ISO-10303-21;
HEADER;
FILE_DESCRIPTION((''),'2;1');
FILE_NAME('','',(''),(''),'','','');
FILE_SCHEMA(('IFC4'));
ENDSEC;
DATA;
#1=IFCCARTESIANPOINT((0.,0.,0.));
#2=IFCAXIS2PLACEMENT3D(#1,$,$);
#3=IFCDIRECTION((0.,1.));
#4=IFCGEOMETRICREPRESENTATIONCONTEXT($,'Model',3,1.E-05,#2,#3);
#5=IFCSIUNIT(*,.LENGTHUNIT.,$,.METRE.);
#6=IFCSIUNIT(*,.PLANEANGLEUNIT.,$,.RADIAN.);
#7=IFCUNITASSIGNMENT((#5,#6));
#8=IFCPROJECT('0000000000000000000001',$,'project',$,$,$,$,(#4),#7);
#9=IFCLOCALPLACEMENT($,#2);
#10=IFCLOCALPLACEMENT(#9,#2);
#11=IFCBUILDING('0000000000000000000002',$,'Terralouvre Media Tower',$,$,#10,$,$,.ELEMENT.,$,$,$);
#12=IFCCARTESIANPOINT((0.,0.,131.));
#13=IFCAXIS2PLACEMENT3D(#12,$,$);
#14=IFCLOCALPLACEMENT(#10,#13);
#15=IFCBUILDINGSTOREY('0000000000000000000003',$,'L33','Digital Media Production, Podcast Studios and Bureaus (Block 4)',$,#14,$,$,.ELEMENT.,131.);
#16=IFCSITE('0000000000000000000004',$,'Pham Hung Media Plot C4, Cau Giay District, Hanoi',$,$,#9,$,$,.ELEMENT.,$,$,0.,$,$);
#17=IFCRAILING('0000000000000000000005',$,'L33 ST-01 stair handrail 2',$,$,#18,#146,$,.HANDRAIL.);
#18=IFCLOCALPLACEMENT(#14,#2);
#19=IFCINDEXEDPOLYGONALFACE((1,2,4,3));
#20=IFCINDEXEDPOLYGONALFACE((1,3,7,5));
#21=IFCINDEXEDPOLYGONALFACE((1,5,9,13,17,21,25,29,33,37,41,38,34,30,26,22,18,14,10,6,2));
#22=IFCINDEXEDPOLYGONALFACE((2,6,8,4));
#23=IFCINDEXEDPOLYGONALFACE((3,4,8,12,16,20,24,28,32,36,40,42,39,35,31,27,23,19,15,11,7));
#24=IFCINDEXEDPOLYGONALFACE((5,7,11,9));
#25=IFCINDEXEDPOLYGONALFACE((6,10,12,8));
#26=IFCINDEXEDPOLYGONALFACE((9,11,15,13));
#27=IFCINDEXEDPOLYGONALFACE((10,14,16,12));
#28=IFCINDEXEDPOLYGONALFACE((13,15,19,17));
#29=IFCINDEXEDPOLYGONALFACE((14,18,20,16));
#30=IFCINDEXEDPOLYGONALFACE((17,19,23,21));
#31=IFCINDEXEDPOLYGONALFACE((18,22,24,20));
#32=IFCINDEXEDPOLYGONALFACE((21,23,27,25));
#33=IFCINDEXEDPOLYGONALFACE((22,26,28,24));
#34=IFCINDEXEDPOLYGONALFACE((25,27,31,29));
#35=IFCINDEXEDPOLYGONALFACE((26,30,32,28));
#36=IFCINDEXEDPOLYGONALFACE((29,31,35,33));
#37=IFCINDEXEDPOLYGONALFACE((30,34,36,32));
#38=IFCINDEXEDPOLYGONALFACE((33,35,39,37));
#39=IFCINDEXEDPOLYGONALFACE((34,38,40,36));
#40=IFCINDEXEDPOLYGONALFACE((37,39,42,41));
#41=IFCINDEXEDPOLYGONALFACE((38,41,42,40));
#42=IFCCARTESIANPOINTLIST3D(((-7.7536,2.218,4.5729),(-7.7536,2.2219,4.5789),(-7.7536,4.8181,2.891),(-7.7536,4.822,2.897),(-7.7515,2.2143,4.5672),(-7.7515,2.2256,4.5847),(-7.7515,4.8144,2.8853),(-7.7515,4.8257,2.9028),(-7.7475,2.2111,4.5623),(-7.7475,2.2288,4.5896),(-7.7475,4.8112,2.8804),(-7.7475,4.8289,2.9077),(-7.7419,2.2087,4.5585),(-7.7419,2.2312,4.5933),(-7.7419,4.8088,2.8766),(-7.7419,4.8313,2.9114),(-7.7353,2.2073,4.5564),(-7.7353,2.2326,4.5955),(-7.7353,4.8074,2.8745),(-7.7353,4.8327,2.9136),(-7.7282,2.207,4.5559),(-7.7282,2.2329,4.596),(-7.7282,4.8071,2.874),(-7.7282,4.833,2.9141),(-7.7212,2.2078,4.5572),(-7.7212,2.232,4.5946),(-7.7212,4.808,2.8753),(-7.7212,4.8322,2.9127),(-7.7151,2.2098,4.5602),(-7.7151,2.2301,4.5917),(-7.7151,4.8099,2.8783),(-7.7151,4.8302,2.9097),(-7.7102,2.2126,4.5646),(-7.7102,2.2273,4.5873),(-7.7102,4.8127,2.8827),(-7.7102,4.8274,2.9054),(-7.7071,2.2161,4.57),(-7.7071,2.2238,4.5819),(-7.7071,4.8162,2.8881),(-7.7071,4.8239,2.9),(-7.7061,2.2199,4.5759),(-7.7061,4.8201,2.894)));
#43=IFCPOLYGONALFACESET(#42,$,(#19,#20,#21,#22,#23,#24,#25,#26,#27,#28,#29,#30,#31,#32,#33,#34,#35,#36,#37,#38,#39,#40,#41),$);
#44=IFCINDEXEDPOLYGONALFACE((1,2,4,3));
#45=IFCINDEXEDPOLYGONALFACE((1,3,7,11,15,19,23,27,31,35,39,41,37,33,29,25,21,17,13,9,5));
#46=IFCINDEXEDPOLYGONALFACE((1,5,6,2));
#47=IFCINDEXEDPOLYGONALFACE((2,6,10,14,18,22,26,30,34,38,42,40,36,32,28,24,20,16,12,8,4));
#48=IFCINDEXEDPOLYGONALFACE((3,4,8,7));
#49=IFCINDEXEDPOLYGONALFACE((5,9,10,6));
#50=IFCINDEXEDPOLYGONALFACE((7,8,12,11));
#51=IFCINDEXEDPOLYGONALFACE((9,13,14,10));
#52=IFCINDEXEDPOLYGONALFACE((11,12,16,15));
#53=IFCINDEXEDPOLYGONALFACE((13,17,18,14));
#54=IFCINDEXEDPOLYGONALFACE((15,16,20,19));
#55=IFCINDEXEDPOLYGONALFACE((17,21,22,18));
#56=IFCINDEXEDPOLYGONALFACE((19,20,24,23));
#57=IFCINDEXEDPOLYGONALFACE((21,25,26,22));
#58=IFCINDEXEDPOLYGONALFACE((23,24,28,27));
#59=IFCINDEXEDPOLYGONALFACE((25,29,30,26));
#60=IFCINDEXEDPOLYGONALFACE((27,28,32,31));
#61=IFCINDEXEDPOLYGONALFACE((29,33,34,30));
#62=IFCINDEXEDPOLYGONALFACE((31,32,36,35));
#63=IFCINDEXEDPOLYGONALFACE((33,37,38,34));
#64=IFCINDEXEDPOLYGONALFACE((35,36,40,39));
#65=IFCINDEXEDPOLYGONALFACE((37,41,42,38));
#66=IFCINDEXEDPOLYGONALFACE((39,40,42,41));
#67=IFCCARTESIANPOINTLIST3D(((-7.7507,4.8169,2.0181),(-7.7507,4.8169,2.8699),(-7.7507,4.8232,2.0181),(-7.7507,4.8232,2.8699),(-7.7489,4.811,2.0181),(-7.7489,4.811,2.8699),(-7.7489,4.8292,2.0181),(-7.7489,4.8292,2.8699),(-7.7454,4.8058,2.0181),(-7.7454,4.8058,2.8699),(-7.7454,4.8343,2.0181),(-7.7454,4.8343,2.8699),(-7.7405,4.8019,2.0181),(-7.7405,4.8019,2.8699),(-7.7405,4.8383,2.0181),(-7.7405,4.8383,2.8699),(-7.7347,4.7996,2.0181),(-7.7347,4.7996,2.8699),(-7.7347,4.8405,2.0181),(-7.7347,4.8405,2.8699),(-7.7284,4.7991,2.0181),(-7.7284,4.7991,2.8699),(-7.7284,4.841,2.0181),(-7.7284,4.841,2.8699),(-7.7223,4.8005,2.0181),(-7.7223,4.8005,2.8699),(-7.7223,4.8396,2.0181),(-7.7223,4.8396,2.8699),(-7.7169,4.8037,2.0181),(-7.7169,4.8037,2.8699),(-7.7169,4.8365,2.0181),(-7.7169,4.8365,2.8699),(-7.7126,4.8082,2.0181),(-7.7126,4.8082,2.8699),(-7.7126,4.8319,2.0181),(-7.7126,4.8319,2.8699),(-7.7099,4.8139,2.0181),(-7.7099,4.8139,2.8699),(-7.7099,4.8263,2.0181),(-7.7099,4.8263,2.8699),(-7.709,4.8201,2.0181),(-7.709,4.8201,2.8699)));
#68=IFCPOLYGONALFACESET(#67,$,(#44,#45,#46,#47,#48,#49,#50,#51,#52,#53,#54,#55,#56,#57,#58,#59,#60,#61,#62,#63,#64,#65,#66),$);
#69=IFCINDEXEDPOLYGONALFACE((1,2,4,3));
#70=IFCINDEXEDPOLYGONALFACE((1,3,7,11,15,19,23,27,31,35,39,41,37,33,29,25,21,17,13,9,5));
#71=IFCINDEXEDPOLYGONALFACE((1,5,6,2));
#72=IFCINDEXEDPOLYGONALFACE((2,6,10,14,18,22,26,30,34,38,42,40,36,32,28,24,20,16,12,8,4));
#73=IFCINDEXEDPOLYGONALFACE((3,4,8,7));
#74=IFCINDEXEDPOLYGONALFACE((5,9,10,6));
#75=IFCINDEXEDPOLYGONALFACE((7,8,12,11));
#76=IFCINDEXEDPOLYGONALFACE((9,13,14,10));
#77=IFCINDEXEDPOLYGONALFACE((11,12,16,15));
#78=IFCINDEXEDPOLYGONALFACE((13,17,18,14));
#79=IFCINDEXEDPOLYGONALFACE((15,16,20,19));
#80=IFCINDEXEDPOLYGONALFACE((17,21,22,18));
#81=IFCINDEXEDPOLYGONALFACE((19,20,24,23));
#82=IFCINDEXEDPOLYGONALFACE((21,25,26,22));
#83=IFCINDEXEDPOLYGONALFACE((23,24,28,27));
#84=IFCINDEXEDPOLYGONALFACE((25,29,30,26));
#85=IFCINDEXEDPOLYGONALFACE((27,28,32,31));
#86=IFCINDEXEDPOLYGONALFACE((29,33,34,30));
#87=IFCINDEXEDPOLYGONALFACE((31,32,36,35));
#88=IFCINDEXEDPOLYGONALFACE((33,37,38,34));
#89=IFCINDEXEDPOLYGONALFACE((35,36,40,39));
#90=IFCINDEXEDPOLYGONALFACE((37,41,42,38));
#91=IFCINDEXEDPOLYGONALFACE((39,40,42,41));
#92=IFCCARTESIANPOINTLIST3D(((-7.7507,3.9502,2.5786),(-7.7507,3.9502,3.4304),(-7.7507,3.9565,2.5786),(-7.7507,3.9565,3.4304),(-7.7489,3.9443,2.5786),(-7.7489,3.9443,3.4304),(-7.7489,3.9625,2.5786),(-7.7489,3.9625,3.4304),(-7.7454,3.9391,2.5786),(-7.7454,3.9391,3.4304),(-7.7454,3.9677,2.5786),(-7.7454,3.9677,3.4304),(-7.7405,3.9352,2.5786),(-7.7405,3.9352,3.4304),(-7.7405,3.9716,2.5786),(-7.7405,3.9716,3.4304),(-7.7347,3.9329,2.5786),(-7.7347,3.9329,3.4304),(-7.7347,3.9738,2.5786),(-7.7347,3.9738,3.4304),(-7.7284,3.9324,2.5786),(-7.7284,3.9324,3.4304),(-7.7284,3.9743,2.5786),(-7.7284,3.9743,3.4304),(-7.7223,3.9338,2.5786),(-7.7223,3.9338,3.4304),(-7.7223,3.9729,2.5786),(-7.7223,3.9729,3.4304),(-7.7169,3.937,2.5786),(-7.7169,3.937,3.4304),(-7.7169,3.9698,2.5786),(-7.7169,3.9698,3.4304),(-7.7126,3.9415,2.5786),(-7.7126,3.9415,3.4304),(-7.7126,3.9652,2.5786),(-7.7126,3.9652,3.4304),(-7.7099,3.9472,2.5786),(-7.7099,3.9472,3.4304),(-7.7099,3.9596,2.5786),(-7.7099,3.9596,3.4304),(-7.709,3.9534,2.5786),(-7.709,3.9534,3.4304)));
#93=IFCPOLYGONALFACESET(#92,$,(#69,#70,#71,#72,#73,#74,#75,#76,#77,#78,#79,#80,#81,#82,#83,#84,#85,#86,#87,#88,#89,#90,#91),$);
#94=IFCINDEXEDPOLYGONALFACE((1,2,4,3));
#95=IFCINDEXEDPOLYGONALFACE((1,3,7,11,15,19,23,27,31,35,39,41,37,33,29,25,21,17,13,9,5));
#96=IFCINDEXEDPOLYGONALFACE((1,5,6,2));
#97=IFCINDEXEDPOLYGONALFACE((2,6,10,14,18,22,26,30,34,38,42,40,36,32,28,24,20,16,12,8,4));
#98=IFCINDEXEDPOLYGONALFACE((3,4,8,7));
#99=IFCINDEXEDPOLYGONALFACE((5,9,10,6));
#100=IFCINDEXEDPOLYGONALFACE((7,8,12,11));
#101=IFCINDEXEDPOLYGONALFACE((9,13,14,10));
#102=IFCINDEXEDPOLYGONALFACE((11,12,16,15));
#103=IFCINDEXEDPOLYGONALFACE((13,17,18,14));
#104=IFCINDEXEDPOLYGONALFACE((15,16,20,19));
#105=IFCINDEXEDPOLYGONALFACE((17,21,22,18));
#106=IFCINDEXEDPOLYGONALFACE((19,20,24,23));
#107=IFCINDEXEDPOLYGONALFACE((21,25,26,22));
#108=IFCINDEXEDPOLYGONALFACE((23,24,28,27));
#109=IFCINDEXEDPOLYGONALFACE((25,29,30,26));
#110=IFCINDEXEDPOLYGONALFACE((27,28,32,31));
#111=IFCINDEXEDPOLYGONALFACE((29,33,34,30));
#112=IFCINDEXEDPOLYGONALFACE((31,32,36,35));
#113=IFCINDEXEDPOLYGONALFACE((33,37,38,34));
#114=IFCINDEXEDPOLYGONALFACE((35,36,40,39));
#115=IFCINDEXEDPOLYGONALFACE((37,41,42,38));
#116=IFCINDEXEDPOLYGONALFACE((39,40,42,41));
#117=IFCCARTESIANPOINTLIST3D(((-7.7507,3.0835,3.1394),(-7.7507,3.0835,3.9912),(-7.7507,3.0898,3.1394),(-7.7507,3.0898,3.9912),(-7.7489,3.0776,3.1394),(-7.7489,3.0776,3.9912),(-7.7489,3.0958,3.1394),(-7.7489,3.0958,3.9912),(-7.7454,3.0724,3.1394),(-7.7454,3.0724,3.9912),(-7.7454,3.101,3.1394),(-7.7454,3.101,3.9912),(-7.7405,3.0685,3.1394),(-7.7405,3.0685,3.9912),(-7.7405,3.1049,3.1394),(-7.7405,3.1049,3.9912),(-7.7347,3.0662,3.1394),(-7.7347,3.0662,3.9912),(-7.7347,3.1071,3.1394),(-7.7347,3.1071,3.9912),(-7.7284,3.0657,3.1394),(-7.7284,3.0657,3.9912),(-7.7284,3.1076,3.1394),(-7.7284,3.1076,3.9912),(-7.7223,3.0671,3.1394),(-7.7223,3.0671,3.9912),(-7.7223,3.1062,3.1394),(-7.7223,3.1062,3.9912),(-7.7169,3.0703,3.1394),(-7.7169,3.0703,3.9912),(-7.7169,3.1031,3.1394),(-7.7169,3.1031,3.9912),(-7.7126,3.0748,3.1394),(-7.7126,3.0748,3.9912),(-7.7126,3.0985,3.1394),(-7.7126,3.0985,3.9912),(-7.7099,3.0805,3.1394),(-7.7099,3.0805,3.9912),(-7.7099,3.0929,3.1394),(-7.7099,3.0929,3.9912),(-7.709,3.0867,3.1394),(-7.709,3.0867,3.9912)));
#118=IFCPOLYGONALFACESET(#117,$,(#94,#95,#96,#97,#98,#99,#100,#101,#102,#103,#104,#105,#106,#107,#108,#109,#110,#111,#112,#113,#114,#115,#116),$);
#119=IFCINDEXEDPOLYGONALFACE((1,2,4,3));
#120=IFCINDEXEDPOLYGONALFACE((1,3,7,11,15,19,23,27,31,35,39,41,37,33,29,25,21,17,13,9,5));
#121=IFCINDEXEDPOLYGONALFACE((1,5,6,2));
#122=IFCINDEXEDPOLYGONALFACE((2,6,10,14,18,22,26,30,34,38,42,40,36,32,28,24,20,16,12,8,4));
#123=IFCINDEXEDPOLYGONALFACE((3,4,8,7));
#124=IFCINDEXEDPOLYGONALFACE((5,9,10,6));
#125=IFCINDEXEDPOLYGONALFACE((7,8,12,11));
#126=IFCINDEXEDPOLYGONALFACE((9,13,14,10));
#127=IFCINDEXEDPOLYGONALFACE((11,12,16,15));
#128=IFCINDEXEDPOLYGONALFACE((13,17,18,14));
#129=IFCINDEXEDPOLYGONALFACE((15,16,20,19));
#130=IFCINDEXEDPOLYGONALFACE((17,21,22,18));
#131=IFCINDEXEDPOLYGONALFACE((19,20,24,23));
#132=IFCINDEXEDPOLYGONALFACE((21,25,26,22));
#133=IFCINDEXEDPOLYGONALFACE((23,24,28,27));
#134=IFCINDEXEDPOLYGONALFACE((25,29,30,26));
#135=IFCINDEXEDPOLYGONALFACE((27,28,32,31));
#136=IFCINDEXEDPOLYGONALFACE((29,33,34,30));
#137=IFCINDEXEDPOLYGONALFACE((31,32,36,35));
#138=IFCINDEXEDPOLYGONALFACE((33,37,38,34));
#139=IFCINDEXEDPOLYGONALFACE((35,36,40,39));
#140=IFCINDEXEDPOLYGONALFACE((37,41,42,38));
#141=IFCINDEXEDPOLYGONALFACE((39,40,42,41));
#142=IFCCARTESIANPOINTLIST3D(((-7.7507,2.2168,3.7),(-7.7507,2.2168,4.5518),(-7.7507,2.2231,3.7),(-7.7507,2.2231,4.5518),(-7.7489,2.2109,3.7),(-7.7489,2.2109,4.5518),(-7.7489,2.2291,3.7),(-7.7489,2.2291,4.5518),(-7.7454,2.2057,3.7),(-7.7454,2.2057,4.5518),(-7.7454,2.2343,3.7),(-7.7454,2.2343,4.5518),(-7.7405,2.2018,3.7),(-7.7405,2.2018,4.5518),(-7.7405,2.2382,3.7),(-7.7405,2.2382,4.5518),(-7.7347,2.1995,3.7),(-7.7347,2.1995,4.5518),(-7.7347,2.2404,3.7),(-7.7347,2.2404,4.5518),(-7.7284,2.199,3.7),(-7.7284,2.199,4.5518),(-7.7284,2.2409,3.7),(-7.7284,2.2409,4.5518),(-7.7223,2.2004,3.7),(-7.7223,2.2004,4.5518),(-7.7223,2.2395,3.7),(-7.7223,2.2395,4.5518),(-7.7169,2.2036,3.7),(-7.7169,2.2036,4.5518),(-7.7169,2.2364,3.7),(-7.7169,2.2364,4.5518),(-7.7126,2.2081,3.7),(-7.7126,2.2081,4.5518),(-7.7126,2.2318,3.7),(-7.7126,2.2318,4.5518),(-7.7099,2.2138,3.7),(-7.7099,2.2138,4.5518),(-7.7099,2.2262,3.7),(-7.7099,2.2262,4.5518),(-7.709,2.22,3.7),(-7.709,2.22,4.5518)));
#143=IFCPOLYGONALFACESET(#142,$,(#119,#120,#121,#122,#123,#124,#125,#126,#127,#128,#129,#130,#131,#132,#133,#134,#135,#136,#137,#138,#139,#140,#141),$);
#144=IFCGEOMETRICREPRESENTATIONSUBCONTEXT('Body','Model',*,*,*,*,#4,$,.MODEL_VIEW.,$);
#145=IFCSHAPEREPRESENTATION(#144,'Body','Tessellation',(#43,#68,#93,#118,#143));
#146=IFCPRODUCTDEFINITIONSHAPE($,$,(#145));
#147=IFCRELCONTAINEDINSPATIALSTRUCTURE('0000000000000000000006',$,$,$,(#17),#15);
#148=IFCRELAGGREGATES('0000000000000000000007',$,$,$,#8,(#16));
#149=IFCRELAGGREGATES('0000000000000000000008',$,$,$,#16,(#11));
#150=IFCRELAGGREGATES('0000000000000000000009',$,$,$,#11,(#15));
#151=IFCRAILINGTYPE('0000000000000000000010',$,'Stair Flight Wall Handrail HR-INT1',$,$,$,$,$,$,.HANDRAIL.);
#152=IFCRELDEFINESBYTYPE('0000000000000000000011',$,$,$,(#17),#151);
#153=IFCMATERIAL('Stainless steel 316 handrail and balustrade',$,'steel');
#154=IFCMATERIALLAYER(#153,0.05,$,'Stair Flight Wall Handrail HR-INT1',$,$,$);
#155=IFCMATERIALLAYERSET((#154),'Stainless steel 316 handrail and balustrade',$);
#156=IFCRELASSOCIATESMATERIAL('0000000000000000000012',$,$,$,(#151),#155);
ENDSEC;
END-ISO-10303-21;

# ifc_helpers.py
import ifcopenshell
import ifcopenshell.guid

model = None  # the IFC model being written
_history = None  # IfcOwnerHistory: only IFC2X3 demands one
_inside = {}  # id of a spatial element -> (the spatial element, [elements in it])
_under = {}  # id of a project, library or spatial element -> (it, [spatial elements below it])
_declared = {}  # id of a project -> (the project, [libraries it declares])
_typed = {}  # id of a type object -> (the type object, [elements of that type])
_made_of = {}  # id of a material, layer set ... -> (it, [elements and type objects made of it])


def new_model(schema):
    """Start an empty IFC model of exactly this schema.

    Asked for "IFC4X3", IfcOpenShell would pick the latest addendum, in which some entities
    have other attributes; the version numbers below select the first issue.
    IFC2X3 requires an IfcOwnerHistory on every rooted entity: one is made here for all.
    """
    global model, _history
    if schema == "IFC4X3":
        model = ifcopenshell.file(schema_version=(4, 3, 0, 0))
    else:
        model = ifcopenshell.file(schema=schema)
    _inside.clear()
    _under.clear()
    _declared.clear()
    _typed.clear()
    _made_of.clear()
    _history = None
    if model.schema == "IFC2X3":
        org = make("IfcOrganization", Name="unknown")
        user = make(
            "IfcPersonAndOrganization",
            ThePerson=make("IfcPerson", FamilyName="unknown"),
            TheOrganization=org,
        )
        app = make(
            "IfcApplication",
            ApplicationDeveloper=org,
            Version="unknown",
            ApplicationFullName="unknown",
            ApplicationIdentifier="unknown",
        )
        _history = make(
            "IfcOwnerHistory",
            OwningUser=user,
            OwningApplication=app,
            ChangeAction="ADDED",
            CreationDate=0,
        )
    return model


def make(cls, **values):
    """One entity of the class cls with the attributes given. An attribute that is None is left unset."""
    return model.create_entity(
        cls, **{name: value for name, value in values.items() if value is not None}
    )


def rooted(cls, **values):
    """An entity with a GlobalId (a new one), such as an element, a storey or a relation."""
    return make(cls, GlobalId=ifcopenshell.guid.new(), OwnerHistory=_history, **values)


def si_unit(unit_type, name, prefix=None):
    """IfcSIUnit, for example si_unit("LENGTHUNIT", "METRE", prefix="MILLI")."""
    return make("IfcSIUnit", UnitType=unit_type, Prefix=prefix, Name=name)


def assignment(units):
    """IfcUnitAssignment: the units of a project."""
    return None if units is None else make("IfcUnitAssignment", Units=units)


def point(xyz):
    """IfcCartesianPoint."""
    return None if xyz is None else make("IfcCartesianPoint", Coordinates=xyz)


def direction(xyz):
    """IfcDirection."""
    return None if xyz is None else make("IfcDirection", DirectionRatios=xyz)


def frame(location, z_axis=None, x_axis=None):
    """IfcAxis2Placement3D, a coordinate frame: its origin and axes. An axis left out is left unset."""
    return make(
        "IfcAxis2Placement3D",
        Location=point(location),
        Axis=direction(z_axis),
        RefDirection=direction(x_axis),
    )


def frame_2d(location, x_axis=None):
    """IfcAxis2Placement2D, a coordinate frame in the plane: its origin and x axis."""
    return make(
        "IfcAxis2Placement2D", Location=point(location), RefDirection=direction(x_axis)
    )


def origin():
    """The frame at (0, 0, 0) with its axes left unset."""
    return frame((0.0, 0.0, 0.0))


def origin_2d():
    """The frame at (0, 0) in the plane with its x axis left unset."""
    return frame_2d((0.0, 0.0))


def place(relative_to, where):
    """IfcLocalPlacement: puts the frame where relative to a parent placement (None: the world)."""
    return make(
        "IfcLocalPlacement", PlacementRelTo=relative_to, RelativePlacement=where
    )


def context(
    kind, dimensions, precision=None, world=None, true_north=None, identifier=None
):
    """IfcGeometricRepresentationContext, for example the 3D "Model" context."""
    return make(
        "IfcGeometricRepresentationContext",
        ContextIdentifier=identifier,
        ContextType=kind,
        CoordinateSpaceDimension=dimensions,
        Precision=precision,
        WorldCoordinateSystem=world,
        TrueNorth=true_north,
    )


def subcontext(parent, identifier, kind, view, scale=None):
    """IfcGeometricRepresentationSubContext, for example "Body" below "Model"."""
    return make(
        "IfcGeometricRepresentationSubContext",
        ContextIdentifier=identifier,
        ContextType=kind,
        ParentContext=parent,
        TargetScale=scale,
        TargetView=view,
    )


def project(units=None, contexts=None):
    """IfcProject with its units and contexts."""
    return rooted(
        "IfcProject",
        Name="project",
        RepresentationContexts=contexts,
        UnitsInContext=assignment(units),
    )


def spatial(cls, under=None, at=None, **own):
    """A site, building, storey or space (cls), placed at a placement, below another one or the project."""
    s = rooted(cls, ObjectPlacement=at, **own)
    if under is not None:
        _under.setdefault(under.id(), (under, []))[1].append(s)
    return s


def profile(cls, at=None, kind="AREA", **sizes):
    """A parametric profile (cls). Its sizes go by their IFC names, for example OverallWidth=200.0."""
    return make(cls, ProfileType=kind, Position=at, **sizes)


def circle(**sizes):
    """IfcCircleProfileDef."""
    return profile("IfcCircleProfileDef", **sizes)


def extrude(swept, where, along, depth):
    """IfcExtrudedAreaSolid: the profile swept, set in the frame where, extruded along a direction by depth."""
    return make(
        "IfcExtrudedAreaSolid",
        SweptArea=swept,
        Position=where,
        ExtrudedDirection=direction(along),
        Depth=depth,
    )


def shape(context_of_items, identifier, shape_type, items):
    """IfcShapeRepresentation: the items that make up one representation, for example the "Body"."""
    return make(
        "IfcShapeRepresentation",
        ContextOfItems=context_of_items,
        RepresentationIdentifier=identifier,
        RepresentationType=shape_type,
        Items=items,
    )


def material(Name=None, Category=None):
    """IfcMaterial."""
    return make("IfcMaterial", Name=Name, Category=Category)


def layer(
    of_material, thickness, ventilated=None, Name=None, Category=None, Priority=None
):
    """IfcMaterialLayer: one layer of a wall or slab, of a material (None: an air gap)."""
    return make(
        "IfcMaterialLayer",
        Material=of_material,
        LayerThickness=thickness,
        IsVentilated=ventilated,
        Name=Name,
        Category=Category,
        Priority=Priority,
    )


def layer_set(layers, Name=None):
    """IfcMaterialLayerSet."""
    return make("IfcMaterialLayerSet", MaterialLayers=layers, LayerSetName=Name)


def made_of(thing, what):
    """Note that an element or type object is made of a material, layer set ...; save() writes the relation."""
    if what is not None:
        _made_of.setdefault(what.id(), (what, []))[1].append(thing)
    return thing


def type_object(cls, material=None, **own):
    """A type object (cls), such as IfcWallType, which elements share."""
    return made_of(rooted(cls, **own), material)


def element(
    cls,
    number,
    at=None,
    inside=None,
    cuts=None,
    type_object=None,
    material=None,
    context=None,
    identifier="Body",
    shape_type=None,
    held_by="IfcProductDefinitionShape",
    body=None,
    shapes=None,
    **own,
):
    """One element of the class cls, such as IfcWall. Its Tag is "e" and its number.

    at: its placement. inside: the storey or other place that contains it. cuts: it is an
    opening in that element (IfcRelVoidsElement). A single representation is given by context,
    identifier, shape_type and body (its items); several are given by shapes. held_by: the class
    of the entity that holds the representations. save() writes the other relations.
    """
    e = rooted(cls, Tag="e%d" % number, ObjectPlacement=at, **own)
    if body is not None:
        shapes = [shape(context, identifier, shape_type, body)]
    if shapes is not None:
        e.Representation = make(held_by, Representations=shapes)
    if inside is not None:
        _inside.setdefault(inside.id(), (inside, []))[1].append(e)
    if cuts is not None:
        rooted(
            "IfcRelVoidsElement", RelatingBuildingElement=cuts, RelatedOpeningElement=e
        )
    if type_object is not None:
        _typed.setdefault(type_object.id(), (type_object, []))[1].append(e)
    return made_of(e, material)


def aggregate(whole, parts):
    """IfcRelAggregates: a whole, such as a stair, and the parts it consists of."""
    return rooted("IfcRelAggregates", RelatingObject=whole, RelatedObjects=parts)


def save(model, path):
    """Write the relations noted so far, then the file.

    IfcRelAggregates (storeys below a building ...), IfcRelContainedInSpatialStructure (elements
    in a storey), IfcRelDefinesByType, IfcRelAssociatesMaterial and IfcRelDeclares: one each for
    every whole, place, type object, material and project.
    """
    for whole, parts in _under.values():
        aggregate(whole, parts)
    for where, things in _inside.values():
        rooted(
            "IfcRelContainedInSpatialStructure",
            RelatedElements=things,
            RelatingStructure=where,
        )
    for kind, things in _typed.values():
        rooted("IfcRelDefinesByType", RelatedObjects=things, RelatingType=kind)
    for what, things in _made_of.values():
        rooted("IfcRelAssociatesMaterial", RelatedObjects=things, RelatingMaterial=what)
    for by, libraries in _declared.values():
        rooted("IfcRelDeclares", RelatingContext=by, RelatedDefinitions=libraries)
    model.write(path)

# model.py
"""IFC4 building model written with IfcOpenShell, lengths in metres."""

from ifc_helpers import new_model, si_unit, direction, frame, origin, origin_2d, place, context, subcontext, project, spatial, circle, extrude, material, layer, layer_set, type_object, element, save


model = new_model("IFC4")

# Units and contexts
model_context = context("Model", 3, precision=1e-05, world=origin(), true_north=direction((0.0, 1.0)))
body_context = subcontext(model_context, "Body", "Model", "MODEL_VIEW")
ifc_project = project(units=[si_unit("LENGTHUNIT", "METRE"), si_unit("PLANEANGLEUNIT", "RADIAN")], contexts=[model_context])

# Site, building, storey
site_placement = place(None, origin())
site = spatial("IfcSite", under=ifc_project, at=site_placement, Name="Pham Hung Media Plot C4, Cau Giay District, Hanoi", CompositionType="ELEMENT", RefElevation=0.0)
building_placement = place(site_placement, origin())
building = spatial("IfcBuilding", under=site, at=building_placement, Name="Terralouvre Media Tower", CompositionType="ELEMENT")
storey_placement = place(building_placement, frame((0.0, 0.0, 131.0)))
storey = spatial("IfcBuildingStorey", under=building, at=storey_placement, Name="L33", Description="Digital Media Production, Podcast Studios and Bureaus (Block 4)", CompositionType="ELEMENT", Elevation=131.0)

# Railing
ifc_material_1 = material(Name="Stainless steel 316 handrail and balustrade", Category="steel")
ifc_layer_1 = layer(ifc_material_1, 0.05, Name="Stair Flight Wall Handrail HR-INT1")
ifc_layer_set_1 = layer_set([ifc_layer_1], Name="Stainless steel 316 handrail and balustrade")
railing_type_1 = type_object("IfcRailingType", Name="Stair Flight Wall Handrail HR-INT1", PredefinedType="HANDRAIL", material=ifc_layer_set_1)
railing_1_placement = place(storey_placement, frame((-7.73, 4.8201, 2.0181)))
element("IfcRailing", 1, at=railing_1_placement, inside=storey, type_object=railing_type_1, Name="L33 ST-01 stair handrail 2", PredefinedType="HANDRAIL", context=body_context, shape_type="SweptSolid", body=[
    extrude(circle(Radius=0.0239, at=origin_2d()), frame((0.0, 0.0, 0.876), z_axis=(0.0, -0.839648, 0.54313), x_axis=(1.0, 0.0, 0.0)), (0.0, 0.0, 1.0), 3.0967),
    extrude(circle(Radius=0.021, at=origin_2d()), origin(), (0.0, 0.0, 1.0), 0.8518),
    extrude(circle(Radius=0.021, at=origin_2d()), frame((0.0, -0.8667, 0.5605)), (0.0, 0.0, 1.0), 0.8518),
    extrude(circle(Radius=0.021, at=origin_2d()), frame((0.0, -1.7334, 1.1213)), (0.0, 0.0, 1.0), 0.8518),
    extrude(circle(Radius=0.021, at=origin_2d()), frame((0.0, -2.6001, 1.6819)), (0.0, 0.0, 1.0), 0.8518),
])

save(model, "model.ifc")
